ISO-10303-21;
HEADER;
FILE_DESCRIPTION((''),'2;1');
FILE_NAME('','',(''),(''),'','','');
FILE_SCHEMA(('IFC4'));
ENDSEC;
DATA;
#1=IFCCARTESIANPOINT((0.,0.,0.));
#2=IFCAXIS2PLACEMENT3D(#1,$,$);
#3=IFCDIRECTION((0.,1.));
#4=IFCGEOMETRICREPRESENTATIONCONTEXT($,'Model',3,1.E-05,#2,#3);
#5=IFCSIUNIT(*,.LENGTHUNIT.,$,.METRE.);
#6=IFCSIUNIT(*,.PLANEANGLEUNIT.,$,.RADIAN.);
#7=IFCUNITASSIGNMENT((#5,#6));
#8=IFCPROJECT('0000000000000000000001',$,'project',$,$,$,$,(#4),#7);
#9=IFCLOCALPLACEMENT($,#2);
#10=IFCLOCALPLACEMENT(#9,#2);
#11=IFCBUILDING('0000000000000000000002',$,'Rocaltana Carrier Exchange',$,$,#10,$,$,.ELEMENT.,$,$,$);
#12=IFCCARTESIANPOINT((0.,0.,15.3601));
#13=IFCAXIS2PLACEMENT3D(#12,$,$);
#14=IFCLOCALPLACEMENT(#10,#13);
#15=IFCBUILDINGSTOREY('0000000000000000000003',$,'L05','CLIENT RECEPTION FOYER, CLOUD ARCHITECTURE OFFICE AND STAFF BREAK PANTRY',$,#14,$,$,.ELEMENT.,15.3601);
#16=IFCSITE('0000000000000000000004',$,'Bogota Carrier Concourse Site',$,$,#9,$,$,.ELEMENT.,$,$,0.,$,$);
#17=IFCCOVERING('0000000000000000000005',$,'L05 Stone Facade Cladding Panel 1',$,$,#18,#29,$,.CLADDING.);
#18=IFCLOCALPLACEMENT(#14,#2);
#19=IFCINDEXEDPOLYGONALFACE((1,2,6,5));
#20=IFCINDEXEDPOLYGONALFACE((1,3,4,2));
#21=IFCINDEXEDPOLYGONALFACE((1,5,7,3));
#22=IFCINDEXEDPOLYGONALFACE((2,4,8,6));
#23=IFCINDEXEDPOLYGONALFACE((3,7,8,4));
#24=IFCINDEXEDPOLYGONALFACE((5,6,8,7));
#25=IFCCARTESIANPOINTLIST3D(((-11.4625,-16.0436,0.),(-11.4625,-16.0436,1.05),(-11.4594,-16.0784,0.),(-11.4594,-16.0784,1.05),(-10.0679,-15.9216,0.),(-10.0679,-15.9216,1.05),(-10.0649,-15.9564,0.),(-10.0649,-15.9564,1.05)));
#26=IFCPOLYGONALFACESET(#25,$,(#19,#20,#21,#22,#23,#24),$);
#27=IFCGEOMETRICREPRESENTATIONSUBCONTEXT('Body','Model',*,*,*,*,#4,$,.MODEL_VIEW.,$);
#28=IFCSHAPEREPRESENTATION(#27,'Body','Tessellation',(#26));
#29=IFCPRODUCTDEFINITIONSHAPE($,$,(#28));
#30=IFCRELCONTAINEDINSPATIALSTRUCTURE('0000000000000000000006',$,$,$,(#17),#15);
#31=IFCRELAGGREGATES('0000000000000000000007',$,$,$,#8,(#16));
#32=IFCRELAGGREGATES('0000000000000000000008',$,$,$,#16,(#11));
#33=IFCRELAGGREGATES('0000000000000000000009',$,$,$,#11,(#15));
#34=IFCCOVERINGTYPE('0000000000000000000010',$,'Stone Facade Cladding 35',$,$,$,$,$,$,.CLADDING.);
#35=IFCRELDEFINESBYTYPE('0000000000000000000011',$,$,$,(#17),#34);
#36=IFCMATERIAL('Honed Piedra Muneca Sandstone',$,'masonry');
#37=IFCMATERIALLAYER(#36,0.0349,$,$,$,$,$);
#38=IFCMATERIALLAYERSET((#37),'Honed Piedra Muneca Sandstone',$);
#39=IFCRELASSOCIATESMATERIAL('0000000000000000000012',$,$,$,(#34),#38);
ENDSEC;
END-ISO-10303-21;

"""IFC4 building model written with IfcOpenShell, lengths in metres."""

from ifc_helpers import new_model, si_unit, direction, frame, origin, origin_2d, place, context, subcontext, project, spatial, rectangle, extrude, material, layer, layer_set, type_object, element, save


model = new_model("IFC4")

# Units and contexts
model_context = context("Model", 3, precision=1e-05, world=origin(), true_north=direction((0.0, 1.0)))
body_context = subcontext(model_context, "Body", "Model", "MODEL_VIEW")
ifc_project = project(units=[si_unit("LENGTHUNIT", "METRE"), si_unit("PLANEANGLEUNIT", "RADIAN")], contexts=[model_context])

# Site, building, storey
site_placement = place(None, origin())
site = spatial("IfcSite", under=ifc_project, at=site_placement, Name="Bogota Carrier Concourse Site", CompositionType="ELEMENT", RefElevation=0.0)
building_placement = place(site_placement, origin())
building = spatial("IfcBuilding", under=site, at=building_placement, Name="Rocaltana Carrier Exchange", CompositionType="ELEMENT")
storey_placement = place(building_placement, frame((0.0, 0.0, 15.3601)))
storey = spatial("IfcBuildingStorey", under=building, at=storey_placement, Name="L05", Description="CLIENT RECEPTION FOYER, CLOUD ARCHITECTURE OFFICE AND STAFF BREAK PANTRY", CompositionType="ELEMENT", Elevation=15.3601)

# Covering
ifc_material_1 = material(Name="Honed Piedra Muneca Sandstone", Category="masonry")
ifc_layer_1 = layer(ifc_material_1, 0.0349)
ifc_layer_set_1 = layer_set([ifc_layer_1], Name="Honed Piedra Muneca Sandstone")
covering_type = type_object("IfcCoveringType", Name="Stone Facade Cladding 35", PredefinedType="CLADDING", material=ifc_layer_set_1)
covering_placement = place(storey_placement, frame((-10.7637, -16.0, 0.0), z_axis=(0.0, 0.0, 1.0), x_axis=(0.996195, 0.087156, 0.0)))
element("IfcCovering", 1, at=covering_placement, inside=storey, type_object=covering_type, Name="L05 Stone Facade Cladding Panel 1", PredefinedType="CLADDING", context=body_context, shape_type="SweptSolid", body=[
    extrude(rectangle(XDim=1.3999, YDim=0.0349, at=origin_2d()), origin(), (0.0, 0.0, 1.0), 1.05),
])

save(model, "model.ifc")
